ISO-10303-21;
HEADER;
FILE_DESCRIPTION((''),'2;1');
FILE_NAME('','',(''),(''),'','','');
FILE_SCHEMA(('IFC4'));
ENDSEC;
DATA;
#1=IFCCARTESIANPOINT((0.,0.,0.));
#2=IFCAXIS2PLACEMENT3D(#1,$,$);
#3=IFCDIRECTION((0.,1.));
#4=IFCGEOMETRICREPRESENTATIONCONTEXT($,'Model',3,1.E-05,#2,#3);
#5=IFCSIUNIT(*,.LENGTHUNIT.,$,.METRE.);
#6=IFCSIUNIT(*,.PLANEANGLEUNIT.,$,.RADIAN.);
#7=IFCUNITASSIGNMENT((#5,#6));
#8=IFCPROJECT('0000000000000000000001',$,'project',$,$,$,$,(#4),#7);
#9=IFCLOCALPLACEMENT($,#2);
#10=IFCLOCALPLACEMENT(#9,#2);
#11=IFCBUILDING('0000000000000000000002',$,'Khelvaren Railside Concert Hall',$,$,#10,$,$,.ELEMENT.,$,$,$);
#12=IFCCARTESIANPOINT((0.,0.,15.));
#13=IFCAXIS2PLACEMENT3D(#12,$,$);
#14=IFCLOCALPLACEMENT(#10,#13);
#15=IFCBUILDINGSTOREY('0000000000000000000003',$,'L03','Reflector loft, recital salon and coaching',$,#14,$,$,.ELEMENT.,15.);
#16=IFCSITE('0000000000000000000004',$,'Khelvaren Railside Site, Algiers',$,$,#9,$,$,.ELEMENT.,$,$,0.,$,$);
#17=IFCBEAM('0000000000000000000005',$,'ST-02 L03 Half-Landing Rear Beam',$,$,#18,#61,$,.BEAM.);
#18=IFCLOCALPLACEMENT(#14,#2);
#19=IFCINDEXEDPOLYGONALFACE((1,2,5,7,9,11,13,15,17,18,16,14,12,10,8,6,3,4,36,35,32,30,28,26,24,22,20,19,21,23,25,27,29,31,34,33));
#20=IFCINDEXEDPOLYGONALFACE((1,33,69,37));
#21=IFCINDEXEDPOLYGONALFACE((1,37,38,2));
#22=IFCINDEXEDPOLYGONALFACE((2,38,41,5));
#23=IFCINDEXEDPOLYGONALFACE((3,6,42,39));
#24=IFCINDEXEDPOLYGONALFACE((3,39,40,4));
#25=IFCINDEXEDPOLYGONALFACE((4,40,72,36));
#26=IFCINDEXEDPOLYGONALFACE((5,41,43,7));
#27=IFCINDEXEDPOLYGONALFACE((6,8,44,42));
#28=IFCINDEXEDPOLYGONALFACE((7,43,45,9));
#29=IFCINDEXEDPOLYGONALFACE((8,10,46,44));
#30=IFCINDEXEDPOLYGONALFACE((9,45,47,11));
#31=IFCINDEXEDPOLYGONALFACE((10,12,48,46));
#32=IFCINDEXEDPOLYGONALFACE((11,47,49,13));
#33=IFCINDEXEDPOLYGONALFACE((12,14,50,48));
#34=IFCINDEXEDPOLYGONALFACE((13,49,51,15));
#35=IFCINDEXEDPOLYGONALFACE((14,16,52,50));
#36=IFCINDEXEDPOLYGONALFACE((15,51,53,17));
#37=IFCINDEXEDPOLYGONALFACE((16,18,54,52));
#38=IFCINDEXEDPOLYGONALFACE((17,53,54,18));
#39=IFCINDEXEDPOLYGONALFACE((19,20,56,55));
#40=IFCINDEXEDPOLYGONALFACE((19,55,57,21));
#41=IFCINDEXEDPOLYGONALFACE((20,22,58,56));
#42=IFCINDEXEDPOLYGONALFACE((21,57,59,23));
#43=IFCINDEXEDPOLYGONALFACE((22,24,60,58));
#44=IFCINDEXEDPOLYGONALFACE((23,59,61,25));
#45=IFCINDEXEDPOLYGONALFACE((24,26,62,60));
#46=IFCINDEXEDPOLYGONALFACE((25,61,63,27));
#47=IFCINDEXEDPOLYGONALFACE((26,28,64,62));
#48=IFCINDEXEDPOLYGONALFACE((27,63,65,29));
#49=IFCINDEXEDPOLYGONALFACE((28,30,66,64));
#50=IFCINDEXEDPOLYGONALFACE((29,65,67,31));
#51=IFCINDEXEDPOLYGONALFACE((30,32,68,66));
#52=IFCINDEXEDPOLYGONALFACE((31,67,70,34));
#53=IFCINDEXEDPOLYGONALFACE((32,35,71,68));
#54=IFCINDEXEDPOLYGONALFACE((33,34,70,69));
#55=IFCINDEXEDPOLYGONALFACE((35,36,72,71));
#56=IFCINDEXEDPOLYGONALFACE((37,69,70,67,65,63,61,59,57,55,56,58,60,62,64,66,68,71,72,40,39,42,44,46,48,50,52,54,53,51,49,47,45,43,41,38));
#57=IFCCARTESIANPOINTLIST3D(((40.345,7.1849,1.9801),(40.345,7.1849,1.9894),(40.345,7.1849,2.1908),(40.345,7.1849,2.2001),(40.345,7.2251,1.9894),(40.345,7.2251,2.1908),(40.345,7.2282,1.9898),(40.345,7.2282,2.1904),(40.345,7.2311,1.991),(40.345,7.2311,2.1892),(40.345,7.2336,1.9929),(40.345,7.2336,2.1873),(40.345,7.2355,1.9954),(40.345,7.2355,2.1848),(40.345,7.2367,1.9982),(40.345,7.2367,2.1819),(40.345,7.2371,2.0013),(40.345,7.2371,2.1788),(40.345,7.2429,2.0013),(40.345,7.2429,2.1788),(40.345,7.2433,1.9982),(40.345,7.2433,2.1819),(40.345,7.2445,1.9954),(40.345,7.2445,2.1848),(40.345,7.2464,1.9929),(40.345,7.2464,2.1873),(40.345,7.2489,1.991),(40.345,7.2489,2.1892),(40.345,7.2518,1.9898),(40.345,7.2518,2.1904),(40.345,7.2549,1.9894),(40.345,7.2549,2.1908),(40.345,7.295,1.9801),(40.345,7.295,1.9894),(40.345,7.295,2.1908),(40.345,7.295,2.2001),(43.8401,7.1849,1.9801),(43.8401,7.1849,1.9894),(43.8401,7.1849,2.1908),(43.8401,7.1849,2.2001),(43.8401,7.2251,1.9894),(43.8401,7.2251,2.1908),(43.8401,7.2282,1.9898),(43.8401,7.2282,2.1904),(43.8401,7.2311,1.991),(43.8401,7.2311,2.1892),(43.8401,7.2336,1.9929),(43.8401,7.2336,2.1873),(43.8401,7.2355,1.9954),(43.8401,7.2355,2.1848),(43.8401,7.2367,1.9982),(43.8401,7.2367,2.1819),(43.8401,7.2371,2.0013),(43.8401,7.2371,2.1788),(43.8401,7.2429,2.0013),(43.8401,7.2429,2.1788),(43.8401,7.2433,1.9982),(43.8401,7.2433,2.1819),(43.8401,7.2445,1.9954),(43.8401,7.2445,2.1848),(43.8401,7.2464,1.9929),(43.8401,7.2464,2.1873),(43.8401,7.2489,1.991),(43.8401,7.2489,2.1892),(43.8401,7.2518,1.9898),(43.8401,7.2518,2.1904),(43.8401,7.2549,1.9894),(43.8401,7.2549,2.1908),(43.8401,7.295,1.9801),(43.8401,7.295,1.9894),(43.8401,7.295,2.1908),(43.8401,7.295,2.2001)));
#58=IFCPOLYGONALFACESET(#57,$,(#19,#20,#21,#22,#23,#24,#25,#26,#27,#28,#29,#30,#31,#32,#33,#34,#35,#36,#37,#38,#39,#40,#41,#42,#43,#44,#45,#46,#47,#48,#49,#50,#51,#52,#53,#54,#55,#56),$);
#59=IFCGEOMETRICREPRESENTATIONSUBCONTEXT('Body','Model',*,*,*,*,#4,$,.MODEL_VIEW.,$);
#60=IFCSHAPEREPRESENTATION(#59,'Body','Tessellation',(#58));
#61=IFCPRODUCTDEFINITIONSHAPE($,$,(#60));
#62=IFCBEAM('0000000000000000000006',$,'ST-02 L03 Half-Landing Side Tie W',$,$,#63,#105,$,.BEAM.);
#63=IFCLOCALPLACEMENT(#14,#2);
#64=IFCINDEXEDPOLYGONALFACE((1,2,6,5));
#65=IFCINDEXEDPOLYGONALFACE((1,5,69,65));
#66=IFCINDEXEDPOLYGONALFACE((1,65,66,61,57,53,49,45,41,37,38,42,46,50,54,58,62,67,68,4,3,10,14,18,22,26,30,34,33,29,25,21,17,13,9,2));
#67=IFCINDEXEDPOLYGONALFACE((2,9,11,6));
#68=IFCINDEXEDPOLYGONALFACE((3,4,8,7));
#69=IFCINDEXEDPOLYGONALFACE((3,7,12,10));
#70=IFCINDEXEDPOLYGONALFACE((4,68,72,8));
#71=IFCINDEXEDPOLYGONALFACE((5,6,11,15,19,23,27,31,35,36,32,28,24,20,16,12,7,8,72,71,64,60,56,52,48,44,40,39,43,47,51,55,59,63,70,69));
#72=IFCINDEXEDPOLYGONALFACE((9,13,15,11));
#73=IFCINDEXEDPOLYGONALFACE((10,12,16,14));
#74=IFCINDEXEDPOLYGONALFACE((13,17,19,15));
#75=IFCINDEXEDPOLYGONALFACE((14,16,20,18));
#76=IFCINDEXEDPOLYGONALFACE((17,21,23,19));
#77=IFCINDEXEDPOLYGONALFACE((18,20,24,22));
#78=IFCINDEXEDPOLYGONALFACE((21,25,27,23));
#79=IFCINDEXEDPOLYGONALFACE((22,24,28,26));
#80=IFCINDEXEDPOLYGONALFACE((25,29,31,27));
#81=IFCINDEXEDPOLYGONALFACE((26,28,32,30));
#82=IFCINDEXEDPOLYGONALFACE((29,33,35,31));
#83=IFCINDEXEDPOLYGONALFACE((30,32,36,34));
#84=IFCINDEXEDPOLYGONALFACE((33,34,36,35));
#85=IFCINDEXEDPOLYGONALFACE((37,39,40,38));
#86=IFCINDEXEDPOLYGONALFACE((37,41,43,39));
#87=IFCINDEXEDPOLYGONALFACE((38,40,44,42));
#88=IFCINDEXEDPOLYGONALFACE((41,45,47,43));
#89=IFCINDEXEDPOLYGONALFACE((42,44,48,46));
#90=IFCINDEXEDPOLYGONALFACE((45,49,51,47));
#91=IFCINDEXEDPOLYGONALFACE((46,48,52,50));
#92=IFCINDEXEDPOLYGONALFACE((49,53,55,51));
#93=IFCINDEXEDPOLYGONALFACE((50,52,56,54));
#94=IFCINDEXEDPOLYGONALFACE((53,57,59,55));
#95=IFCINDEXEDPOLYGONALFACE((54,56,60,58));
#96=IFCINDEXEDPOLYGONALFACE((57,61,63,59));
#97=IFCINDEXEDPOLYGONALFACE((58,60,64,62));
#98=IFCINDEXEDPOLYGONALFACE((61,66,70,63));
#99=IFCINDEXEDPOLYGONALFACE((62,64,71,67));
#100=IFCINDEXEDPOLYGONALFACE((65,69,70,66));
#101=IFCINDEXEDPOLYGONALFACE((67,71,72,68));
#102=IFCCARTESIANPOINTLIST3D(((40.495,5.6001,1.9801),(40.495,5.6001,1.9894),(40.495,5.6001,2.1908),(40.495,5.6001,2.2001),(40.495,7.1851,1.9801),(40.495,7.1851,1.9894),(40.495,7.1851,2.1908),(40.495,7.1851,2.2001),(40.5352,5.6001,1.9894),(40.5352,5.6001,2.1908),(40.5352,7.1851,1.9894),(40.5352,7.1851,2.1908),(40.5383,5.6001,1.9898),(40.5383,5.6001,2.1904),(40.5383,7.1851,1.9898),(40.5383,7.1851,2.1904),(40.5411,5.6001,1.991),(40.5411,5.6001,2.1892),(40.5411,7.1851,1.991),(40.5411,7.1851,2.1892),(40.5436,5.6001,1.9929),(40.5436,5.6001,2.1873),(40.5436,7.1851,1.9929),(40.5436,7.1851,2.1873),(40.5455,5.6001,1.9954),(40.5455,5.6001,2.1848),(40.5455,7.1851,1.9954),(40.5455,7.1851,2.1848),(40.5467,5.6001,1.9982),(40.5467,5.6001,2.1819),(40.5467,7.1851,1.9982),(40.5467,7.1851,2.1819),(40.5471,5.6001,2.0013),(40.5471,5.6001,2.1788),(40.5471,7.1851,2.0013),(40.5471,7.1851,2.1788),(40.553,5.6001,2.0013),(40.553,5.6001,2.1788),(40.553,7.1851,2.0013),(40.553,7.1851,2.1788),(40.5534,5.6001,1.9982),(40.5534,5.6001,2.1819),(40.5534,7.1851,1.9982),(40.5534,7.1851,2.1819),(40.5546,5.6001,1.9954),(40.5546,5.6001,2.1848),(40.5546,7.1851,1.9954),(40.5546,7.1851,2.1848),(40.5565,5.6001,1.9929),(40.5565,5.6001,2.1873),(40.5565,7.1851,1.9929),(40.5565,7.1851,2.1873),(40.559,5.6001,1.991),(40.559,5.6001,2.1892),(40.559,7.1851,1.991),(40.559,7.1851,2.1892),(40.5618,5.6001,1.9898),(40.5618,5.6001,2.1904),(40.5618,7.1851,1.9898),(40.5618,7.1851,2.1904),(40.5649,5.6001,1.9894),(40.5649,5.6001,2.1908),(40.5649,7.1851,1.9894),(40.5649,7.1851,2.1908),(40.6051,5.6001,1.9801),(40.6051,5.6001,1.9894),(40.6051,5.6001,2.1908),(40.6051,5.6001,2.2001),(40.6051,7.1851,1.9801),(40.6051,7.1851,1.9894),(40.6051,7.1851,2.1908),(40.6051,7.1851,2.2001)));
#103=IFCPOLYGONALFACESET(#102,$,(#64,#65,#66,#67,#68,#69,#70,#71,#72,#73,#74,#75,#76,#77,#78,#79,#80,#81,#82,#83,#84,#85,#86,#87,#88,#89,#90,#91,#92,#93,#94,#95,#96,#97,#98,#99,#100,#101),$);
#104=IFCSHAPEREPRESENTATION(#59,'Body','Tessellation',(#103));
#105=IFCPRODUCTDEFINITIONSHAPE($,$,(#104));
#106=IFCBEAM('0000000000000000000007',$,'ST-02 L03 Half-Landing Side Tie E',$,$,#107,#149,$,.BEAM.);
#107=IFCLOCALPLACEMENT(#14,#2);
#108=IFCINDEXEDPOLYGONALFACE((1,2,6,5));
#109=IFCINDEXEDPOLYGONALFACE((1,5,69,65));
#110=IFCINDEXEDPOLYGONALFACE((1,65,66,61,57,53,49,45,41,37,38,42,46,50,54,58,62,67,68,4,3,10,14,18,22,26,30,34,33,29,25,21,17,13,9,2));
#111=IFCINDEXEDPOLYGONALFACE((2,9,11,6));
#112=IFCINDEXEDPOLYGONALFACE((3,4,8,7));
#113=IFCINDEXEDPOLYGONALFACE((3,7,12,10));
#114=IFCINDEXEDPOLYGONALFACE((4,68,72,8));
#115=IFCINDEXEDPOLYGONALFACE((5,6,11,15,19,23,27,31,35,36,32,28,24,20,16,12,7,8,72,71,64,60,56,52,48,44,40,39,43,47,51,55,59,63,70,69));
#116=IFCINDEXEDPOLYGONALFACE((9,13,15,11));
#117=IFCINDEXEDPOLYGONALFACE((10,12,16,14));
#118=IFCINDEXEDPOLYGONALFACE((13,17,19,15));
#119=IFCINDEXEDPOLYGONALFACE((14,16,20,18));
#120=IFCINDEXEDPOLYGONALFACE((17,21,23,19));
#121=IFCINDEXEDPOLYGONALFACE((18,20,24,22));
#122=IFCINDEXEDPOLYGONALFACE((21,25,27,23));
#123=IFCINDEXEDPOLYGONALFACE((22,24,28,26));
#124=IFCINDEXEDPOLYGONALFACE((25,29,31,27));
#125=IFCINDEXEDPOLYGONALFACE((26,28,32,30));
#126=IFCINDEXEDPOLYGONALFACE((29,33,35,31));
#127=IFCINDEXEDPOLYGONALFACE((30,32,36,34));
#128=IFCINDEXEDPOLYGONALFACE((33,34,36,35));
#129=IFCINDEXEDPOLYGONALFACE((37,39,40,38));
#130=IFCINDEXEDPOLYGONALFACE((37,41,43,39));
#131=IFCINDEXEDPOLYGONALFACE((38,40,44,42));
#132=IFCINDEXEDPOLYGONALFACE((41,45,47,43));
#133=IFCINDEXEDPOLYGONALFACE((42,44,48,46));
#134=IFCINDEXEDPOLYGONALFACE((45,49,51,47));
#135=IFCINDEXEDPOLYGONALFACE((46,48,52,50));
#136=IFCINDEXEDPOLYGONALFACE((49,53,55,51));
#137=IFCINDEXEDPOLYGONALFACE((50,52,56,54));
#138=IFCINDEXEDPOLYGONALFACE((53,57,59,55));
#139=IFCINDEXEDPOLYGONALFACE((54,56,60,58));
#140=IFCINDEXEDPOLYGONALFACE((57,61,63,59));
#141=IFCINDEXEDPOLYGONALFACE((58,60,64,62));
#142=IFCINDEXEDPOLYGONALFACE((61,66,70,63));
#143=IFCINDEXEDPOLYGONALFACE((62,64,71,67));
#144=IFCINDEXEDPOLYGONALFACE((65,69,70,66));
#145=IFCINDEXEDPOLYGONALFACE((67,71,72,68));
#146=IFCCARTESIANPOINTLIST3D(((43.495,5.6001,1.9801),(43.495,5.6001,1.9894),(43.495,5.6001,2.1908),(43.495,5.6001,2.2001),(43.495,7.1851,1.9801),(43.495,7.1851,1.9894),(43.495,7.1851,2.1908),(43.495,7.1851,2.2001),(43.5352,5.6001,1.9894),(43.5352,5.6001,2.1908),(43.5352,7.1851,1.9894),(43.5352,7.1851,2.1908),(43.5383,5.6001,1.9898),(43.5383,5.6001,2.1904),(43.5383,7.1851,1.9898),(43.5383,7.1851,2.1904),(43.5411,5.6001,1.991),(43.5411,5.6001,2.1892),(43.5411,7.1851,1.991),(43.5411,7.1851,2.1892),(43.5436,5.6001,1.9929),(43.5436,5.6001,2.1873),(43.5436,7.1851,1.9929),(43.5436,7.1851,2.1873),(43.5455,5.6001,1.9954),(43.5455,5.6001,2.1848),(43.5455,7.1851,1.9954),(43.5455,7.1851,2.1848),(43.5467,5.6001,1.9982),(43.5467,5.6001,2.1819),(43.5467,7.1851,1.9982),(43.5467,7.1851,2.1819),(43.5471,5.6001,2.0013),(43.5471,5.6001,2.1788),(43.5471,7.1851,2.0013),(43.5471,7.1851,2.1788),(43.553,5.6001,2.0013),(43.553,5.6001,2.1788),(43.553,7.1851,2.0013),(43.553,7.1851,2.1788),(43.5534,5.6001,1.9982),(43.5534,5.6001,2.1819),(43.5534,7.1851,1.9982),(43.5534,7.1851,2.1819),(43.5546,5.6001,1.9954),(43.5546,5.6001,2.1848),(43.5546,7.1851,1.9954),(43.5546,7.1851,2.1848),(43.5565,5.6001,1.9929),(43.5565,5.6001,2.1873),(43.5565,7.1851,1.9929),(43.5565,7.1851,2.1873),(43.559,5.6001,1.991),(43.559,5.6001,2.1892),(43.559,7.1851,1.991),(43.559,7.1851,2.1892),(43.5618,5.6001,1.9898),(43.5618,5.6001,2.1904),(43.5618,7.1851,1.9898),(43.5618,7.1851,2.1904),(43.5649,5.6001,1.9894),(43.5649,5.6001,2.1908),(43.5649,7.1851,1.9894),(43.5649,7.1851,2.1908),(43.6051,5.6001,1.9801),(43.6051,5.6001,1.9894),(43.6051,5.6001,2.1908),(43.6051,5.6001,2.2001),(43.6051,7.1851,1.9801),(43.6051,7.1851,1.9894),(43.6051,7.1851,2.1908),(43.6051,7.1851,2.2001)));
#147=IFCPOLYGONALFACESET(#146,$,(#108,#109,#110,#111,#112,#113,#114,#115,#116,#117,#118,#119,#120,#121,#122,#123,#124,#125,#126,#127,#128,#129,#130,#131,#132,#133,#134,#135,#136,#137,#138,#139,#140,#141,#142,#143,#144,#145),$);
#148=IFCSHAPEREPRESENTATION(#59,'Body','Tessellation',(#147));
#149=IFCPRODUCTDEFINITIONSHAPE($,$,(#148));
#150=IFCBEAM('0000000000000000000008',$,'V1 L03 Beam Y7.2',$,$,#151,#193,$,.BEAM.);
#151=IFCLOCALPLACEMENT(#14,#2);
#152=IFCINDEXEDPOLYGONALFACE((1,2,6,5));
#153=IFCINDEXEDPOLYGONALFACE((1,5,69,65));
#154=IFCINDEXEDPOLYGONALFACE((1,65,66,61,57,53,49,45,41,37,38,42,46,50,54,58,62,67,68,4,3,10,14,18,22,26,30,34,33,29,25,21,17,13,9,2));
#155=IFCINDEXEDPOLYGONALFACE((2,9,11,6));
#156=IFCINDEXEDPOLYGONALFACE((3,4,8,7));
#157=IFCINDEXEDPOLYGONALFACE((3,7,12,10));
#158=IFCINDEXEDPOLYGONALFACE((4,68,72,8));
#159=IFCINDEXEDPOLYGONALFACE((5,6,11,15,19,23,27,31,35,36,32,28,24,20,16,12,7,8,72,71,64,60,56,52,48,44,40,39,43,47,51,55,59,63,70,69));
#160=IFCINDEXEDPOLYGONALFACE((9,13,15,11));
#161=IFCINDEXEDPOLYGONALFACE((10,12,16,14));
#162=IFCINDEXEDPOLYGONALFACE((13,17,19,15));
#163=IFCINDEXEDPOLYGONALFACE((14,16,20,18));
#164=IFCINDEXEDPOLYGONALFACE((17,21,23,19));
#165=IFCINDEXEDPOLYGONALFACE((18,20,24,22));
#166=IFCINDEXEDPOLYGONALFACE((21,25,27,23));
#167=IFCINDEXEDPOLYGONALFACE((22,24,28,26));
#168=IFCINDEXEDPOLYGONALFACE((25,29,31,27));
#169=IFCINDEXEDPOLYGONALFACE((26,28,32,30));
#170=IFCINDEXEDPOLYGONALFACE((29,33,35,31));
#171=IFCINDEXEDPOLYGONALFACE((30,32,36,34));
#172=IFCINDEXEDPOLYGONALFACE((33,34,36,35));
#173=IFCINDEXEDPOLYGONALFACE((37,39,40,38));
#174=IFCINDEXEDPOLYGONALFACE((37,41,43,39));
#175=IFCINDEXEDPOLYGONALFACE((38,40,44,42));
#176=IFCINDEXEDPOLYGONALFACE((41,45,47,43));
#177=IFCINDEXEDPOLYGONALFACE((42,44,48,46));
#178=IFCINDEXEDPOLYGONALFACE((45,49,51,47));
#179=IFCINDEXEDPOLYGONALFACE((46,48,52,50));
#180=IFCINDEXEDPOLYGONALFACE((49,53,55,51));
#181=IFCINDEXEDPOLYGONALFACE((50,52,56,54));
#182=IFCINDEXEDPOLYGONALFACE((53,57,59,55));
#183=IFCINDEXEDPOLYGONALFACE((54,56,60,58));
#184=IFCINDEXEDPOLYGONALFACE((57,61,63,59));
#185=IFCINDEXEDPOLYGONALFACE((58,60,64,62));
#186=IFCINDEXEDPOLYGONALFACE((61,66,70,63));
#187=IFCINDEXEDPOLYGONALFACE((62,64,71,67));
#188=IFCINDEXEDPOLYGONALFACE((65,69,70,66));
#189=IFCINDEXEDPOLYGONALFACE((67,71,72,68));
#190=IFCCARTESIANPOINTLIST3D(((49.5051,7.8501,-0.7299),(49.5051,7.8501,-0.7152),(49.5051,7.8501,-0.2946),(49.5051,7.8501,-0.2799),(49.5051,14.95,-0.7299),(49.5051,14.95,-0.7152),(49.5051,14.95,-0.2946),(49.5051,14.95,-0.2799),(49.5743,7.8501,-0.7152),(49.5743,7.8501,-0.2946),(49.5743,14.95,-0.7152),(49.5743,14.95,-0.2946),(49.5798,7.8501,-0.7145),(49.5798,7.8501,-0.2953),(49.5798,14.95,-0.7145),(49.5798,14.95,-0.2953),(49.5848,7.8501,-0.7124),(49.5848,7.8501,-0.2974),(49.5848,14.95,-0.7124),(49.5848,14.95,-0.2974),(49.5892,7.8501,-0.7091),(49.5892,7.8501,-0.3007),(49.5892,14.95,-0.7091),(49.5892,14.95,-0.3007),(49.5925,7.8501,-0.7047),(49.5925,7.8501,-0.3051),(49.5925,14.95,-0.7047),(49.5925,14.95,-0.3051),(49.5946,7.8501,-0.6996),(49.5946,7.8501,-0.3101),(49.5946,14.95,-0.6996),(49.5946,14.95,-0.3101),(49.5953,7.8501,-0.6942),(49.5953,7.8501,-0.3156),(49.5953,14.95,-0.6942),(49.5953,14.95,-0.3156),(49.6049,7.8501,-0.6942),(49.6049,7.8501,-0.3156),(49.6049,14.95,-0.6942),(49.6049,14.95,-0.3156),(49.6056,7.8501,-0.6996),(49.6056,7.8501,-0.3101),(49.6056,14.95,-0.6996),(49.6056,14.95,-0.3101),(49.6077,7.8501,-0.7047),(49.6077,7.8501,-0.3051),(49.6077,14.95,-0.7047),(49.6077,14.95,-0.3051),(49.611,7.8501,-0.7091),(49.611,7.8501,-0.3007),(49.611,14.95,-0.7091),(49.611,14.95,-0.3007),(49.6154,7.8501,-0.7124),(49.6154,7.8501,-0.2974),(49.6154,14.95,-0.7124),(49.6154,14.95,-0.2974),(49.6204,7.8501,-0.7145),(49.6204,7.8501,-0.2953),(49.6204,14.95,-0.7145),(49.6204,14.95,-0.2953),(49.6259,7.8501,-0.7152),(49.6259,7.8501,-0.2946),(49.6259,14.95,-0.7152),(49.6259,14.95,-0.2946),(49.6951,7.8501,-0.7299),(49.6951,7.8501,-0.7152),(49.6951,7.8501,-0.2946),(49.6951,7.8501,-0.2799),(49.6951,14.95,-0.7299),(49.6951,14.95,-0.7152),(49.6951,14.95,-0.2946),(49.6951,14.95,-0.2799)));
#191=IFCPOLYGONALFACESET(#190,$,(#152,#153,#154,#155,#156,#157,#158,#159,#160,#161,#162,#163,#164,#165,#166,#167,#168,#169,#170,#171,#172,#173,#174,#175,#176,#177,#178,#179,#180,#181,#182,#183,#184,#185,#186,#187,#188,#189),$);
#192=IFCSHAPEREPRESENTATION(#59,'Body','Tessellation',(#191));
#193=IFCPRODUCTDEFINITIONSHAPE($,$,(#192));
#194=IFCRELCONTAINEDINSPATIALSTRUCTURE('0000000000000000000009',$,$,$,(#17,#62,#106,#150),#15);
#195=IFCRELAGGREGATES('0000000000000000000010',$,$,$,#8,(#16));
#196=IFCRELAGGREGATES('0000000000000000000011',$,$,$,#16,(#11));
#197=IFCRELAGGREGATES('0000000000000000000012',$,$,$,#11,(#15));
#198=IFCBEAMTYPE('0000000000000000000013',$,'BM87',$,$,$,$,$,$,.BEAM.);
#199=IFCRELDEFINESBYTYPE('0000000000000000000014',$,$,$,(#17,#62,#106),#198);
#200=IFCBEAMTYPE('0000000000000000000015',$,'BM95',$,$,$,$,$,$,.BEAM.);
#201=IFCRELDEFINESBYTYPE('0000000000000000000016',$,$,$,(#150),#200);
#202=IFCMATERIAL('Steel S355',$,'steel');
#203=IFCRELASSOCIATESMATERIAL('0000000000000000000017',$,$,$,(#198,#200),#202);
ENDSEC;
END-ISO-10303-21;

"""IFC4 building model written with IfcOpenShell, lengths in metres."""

from ifc_helpers import new_model, si_unit, direction, frame, origin, origin_2d, place, context, subcontext, project, spatial, i_section, extrude, material, material_profile, profile_set, type_object, element, save


model = new_model("IFC4")

# Units and contexts
model_context = context("Model", 3, precision=1e-05, world=origin(), true_north=direction((0.0, 1.0)))
body_context = subcontext(model_context, "Body", "Model", "MODEL_VIEW")
ifc_project = project(units=[si_unit("LENGTHUNIT", "METRE"), si_unit("PLANEANGLEUNIT", "RADIAN")], contexts=[model_context])

# Site, building, storey
site_placement = place(None, origin())
site = spatial("IfcSite", under=ifc_project, at=site_placement, Name="Khelvaren Railside Site, Algiers", CompositionType="ELEMENT", RefElevation=0.0)
building_placement = place(site_placement, origin())
building = spatial("IfcBuilding", under=site, at=building_placement, Name="Khelvaren Railside Concert Hall", CompositionType="ELEMENT")
storey_placement = place(building_placement, frame((0.0, 0.0, 15.0)))
storey = spatial("IfcBuildingStorey", under=building, at=storey_placement, Name="L03", Description="Reflector loft, recital salon and coaching", CompositionType="ELEMENT", Elevation=15.0)

# Shared definitions
ifc_material_1 = material(Name="Steel S355", Category="steel")

# Beams
ifc_material_profile_1 = material_profile(ifc_material_1, i_section(OverallWidth=0.1101, OverallDepth=0.22, WebThickness=0.0059, FlangeThickness=0.0093, FilletRadius=0.012, at=origin_2d()), Name="IPE 220")
ifc_profile_set_1 = profile_set([ifc_material_profile_1], Name="Steel S355")
beam_type_1 = type_object("IfcBeamType", Name="BM87", PredefinedType="BEAM", material=ifc_profile_set_1)
for number, where, z_axis, x_axis, name in (
    (1, (40.345, 7.24, 2.0901), (1.0, 0.0, 0.0), (0.0, 1.0, 0.0), "ST-02 L03 Half-Landing Rear Beam"),
):
    element("IfcBeam", number, at=place(storey_placement, frame(where, z_axis=z_axis, x_axis=x_axis)), inside=storey, type_object=beam_type_1, Name=name, PredefinedType="BEAM", context=body_context, shape_type="SweptSolid", body=[
        extrude(i_section(OverallWidth=0.1101, OverallDepth=0.22, WebThickness=0.0059, FlangeThickness=0.0093, FilletRadius=0.012, at=origin_2d()), origin(), (0.0, 0.0, 1.0), 3.4951),
    ])
for number, where, z_axis, x_axis, name in (
    (2, (40.55, 5.6001, 2.0901), (0.0, 1.0, 0.0), (-1.0, 0.0, 0.0), "ST-02 L03 Half-Landing Side Tie W"),
    (3, (43.55, 5.6001, 2.0901), (0.0, 1.0, 0.0), (-1.0, 0.0, 0.0), "ST-02 L03 Half-Landing Side Tie E"),
):
    element("IfcBeam", number, at=place(storey_placement, frame(where, z_axis=z_axis, x_axis=x_axis)), inside=storey, type_object=beam_type_1, Name=name, PredefinedType="BEAM", context=body_context, shape_type="SweptSolid", body=[
        extrude(i_section(OverallWidth=0.1101, OverallDepth=0.22, WebThickness=0.0059, FlangeThickness=0.0093, FilletRadius=0.012, at=origin_2d()), origin(), (0.0, 0.0, 1.0), 1.585),
    ])
ifc_material_profile_2 = material_profile(ifc_material_1, i_section(OverallWidth=0.1899, OverallDepth=0.45, WebThickness=0.0095, FlangeThickness=0.0146, FilletRadius=0.021, at=origin_2d()), Name="IPE 450")
ifc_profile_set_2 = profile_set([ifc_material_profile_2], Name="Steel S355")
beam_type_2 = type_object("IfcBeamType", Name="BM95", PredefinedType="BEAM", material=ifc_profile_set_2)
beam_1_placement = place(storey_placement, frame((49.6001, 7.8501, -0.5049), z_axis=(0.0, 1.0, 0.0), x_axis=(-1.0, 0.0, 0.0)))
element("IfcBeam", 4, at=beam_1_placement, inside=storey, type_object=beam_type_2, Name="V1 L03 Beam Y7.2", PredefinedType="BEAM", context=body_context, shape_type="SweptSolid", body=[
    extrude(i_section(OverallWidth=0.1899, OverallDepth=0.45, WebThickness=0.0095, FlangeThickness=0.0146, FilletRadius=0.021, at=origin_2d()), origin(), (0.0, 0.0, 1.0), 7.0999),
])

save(model, "model.ifc")
